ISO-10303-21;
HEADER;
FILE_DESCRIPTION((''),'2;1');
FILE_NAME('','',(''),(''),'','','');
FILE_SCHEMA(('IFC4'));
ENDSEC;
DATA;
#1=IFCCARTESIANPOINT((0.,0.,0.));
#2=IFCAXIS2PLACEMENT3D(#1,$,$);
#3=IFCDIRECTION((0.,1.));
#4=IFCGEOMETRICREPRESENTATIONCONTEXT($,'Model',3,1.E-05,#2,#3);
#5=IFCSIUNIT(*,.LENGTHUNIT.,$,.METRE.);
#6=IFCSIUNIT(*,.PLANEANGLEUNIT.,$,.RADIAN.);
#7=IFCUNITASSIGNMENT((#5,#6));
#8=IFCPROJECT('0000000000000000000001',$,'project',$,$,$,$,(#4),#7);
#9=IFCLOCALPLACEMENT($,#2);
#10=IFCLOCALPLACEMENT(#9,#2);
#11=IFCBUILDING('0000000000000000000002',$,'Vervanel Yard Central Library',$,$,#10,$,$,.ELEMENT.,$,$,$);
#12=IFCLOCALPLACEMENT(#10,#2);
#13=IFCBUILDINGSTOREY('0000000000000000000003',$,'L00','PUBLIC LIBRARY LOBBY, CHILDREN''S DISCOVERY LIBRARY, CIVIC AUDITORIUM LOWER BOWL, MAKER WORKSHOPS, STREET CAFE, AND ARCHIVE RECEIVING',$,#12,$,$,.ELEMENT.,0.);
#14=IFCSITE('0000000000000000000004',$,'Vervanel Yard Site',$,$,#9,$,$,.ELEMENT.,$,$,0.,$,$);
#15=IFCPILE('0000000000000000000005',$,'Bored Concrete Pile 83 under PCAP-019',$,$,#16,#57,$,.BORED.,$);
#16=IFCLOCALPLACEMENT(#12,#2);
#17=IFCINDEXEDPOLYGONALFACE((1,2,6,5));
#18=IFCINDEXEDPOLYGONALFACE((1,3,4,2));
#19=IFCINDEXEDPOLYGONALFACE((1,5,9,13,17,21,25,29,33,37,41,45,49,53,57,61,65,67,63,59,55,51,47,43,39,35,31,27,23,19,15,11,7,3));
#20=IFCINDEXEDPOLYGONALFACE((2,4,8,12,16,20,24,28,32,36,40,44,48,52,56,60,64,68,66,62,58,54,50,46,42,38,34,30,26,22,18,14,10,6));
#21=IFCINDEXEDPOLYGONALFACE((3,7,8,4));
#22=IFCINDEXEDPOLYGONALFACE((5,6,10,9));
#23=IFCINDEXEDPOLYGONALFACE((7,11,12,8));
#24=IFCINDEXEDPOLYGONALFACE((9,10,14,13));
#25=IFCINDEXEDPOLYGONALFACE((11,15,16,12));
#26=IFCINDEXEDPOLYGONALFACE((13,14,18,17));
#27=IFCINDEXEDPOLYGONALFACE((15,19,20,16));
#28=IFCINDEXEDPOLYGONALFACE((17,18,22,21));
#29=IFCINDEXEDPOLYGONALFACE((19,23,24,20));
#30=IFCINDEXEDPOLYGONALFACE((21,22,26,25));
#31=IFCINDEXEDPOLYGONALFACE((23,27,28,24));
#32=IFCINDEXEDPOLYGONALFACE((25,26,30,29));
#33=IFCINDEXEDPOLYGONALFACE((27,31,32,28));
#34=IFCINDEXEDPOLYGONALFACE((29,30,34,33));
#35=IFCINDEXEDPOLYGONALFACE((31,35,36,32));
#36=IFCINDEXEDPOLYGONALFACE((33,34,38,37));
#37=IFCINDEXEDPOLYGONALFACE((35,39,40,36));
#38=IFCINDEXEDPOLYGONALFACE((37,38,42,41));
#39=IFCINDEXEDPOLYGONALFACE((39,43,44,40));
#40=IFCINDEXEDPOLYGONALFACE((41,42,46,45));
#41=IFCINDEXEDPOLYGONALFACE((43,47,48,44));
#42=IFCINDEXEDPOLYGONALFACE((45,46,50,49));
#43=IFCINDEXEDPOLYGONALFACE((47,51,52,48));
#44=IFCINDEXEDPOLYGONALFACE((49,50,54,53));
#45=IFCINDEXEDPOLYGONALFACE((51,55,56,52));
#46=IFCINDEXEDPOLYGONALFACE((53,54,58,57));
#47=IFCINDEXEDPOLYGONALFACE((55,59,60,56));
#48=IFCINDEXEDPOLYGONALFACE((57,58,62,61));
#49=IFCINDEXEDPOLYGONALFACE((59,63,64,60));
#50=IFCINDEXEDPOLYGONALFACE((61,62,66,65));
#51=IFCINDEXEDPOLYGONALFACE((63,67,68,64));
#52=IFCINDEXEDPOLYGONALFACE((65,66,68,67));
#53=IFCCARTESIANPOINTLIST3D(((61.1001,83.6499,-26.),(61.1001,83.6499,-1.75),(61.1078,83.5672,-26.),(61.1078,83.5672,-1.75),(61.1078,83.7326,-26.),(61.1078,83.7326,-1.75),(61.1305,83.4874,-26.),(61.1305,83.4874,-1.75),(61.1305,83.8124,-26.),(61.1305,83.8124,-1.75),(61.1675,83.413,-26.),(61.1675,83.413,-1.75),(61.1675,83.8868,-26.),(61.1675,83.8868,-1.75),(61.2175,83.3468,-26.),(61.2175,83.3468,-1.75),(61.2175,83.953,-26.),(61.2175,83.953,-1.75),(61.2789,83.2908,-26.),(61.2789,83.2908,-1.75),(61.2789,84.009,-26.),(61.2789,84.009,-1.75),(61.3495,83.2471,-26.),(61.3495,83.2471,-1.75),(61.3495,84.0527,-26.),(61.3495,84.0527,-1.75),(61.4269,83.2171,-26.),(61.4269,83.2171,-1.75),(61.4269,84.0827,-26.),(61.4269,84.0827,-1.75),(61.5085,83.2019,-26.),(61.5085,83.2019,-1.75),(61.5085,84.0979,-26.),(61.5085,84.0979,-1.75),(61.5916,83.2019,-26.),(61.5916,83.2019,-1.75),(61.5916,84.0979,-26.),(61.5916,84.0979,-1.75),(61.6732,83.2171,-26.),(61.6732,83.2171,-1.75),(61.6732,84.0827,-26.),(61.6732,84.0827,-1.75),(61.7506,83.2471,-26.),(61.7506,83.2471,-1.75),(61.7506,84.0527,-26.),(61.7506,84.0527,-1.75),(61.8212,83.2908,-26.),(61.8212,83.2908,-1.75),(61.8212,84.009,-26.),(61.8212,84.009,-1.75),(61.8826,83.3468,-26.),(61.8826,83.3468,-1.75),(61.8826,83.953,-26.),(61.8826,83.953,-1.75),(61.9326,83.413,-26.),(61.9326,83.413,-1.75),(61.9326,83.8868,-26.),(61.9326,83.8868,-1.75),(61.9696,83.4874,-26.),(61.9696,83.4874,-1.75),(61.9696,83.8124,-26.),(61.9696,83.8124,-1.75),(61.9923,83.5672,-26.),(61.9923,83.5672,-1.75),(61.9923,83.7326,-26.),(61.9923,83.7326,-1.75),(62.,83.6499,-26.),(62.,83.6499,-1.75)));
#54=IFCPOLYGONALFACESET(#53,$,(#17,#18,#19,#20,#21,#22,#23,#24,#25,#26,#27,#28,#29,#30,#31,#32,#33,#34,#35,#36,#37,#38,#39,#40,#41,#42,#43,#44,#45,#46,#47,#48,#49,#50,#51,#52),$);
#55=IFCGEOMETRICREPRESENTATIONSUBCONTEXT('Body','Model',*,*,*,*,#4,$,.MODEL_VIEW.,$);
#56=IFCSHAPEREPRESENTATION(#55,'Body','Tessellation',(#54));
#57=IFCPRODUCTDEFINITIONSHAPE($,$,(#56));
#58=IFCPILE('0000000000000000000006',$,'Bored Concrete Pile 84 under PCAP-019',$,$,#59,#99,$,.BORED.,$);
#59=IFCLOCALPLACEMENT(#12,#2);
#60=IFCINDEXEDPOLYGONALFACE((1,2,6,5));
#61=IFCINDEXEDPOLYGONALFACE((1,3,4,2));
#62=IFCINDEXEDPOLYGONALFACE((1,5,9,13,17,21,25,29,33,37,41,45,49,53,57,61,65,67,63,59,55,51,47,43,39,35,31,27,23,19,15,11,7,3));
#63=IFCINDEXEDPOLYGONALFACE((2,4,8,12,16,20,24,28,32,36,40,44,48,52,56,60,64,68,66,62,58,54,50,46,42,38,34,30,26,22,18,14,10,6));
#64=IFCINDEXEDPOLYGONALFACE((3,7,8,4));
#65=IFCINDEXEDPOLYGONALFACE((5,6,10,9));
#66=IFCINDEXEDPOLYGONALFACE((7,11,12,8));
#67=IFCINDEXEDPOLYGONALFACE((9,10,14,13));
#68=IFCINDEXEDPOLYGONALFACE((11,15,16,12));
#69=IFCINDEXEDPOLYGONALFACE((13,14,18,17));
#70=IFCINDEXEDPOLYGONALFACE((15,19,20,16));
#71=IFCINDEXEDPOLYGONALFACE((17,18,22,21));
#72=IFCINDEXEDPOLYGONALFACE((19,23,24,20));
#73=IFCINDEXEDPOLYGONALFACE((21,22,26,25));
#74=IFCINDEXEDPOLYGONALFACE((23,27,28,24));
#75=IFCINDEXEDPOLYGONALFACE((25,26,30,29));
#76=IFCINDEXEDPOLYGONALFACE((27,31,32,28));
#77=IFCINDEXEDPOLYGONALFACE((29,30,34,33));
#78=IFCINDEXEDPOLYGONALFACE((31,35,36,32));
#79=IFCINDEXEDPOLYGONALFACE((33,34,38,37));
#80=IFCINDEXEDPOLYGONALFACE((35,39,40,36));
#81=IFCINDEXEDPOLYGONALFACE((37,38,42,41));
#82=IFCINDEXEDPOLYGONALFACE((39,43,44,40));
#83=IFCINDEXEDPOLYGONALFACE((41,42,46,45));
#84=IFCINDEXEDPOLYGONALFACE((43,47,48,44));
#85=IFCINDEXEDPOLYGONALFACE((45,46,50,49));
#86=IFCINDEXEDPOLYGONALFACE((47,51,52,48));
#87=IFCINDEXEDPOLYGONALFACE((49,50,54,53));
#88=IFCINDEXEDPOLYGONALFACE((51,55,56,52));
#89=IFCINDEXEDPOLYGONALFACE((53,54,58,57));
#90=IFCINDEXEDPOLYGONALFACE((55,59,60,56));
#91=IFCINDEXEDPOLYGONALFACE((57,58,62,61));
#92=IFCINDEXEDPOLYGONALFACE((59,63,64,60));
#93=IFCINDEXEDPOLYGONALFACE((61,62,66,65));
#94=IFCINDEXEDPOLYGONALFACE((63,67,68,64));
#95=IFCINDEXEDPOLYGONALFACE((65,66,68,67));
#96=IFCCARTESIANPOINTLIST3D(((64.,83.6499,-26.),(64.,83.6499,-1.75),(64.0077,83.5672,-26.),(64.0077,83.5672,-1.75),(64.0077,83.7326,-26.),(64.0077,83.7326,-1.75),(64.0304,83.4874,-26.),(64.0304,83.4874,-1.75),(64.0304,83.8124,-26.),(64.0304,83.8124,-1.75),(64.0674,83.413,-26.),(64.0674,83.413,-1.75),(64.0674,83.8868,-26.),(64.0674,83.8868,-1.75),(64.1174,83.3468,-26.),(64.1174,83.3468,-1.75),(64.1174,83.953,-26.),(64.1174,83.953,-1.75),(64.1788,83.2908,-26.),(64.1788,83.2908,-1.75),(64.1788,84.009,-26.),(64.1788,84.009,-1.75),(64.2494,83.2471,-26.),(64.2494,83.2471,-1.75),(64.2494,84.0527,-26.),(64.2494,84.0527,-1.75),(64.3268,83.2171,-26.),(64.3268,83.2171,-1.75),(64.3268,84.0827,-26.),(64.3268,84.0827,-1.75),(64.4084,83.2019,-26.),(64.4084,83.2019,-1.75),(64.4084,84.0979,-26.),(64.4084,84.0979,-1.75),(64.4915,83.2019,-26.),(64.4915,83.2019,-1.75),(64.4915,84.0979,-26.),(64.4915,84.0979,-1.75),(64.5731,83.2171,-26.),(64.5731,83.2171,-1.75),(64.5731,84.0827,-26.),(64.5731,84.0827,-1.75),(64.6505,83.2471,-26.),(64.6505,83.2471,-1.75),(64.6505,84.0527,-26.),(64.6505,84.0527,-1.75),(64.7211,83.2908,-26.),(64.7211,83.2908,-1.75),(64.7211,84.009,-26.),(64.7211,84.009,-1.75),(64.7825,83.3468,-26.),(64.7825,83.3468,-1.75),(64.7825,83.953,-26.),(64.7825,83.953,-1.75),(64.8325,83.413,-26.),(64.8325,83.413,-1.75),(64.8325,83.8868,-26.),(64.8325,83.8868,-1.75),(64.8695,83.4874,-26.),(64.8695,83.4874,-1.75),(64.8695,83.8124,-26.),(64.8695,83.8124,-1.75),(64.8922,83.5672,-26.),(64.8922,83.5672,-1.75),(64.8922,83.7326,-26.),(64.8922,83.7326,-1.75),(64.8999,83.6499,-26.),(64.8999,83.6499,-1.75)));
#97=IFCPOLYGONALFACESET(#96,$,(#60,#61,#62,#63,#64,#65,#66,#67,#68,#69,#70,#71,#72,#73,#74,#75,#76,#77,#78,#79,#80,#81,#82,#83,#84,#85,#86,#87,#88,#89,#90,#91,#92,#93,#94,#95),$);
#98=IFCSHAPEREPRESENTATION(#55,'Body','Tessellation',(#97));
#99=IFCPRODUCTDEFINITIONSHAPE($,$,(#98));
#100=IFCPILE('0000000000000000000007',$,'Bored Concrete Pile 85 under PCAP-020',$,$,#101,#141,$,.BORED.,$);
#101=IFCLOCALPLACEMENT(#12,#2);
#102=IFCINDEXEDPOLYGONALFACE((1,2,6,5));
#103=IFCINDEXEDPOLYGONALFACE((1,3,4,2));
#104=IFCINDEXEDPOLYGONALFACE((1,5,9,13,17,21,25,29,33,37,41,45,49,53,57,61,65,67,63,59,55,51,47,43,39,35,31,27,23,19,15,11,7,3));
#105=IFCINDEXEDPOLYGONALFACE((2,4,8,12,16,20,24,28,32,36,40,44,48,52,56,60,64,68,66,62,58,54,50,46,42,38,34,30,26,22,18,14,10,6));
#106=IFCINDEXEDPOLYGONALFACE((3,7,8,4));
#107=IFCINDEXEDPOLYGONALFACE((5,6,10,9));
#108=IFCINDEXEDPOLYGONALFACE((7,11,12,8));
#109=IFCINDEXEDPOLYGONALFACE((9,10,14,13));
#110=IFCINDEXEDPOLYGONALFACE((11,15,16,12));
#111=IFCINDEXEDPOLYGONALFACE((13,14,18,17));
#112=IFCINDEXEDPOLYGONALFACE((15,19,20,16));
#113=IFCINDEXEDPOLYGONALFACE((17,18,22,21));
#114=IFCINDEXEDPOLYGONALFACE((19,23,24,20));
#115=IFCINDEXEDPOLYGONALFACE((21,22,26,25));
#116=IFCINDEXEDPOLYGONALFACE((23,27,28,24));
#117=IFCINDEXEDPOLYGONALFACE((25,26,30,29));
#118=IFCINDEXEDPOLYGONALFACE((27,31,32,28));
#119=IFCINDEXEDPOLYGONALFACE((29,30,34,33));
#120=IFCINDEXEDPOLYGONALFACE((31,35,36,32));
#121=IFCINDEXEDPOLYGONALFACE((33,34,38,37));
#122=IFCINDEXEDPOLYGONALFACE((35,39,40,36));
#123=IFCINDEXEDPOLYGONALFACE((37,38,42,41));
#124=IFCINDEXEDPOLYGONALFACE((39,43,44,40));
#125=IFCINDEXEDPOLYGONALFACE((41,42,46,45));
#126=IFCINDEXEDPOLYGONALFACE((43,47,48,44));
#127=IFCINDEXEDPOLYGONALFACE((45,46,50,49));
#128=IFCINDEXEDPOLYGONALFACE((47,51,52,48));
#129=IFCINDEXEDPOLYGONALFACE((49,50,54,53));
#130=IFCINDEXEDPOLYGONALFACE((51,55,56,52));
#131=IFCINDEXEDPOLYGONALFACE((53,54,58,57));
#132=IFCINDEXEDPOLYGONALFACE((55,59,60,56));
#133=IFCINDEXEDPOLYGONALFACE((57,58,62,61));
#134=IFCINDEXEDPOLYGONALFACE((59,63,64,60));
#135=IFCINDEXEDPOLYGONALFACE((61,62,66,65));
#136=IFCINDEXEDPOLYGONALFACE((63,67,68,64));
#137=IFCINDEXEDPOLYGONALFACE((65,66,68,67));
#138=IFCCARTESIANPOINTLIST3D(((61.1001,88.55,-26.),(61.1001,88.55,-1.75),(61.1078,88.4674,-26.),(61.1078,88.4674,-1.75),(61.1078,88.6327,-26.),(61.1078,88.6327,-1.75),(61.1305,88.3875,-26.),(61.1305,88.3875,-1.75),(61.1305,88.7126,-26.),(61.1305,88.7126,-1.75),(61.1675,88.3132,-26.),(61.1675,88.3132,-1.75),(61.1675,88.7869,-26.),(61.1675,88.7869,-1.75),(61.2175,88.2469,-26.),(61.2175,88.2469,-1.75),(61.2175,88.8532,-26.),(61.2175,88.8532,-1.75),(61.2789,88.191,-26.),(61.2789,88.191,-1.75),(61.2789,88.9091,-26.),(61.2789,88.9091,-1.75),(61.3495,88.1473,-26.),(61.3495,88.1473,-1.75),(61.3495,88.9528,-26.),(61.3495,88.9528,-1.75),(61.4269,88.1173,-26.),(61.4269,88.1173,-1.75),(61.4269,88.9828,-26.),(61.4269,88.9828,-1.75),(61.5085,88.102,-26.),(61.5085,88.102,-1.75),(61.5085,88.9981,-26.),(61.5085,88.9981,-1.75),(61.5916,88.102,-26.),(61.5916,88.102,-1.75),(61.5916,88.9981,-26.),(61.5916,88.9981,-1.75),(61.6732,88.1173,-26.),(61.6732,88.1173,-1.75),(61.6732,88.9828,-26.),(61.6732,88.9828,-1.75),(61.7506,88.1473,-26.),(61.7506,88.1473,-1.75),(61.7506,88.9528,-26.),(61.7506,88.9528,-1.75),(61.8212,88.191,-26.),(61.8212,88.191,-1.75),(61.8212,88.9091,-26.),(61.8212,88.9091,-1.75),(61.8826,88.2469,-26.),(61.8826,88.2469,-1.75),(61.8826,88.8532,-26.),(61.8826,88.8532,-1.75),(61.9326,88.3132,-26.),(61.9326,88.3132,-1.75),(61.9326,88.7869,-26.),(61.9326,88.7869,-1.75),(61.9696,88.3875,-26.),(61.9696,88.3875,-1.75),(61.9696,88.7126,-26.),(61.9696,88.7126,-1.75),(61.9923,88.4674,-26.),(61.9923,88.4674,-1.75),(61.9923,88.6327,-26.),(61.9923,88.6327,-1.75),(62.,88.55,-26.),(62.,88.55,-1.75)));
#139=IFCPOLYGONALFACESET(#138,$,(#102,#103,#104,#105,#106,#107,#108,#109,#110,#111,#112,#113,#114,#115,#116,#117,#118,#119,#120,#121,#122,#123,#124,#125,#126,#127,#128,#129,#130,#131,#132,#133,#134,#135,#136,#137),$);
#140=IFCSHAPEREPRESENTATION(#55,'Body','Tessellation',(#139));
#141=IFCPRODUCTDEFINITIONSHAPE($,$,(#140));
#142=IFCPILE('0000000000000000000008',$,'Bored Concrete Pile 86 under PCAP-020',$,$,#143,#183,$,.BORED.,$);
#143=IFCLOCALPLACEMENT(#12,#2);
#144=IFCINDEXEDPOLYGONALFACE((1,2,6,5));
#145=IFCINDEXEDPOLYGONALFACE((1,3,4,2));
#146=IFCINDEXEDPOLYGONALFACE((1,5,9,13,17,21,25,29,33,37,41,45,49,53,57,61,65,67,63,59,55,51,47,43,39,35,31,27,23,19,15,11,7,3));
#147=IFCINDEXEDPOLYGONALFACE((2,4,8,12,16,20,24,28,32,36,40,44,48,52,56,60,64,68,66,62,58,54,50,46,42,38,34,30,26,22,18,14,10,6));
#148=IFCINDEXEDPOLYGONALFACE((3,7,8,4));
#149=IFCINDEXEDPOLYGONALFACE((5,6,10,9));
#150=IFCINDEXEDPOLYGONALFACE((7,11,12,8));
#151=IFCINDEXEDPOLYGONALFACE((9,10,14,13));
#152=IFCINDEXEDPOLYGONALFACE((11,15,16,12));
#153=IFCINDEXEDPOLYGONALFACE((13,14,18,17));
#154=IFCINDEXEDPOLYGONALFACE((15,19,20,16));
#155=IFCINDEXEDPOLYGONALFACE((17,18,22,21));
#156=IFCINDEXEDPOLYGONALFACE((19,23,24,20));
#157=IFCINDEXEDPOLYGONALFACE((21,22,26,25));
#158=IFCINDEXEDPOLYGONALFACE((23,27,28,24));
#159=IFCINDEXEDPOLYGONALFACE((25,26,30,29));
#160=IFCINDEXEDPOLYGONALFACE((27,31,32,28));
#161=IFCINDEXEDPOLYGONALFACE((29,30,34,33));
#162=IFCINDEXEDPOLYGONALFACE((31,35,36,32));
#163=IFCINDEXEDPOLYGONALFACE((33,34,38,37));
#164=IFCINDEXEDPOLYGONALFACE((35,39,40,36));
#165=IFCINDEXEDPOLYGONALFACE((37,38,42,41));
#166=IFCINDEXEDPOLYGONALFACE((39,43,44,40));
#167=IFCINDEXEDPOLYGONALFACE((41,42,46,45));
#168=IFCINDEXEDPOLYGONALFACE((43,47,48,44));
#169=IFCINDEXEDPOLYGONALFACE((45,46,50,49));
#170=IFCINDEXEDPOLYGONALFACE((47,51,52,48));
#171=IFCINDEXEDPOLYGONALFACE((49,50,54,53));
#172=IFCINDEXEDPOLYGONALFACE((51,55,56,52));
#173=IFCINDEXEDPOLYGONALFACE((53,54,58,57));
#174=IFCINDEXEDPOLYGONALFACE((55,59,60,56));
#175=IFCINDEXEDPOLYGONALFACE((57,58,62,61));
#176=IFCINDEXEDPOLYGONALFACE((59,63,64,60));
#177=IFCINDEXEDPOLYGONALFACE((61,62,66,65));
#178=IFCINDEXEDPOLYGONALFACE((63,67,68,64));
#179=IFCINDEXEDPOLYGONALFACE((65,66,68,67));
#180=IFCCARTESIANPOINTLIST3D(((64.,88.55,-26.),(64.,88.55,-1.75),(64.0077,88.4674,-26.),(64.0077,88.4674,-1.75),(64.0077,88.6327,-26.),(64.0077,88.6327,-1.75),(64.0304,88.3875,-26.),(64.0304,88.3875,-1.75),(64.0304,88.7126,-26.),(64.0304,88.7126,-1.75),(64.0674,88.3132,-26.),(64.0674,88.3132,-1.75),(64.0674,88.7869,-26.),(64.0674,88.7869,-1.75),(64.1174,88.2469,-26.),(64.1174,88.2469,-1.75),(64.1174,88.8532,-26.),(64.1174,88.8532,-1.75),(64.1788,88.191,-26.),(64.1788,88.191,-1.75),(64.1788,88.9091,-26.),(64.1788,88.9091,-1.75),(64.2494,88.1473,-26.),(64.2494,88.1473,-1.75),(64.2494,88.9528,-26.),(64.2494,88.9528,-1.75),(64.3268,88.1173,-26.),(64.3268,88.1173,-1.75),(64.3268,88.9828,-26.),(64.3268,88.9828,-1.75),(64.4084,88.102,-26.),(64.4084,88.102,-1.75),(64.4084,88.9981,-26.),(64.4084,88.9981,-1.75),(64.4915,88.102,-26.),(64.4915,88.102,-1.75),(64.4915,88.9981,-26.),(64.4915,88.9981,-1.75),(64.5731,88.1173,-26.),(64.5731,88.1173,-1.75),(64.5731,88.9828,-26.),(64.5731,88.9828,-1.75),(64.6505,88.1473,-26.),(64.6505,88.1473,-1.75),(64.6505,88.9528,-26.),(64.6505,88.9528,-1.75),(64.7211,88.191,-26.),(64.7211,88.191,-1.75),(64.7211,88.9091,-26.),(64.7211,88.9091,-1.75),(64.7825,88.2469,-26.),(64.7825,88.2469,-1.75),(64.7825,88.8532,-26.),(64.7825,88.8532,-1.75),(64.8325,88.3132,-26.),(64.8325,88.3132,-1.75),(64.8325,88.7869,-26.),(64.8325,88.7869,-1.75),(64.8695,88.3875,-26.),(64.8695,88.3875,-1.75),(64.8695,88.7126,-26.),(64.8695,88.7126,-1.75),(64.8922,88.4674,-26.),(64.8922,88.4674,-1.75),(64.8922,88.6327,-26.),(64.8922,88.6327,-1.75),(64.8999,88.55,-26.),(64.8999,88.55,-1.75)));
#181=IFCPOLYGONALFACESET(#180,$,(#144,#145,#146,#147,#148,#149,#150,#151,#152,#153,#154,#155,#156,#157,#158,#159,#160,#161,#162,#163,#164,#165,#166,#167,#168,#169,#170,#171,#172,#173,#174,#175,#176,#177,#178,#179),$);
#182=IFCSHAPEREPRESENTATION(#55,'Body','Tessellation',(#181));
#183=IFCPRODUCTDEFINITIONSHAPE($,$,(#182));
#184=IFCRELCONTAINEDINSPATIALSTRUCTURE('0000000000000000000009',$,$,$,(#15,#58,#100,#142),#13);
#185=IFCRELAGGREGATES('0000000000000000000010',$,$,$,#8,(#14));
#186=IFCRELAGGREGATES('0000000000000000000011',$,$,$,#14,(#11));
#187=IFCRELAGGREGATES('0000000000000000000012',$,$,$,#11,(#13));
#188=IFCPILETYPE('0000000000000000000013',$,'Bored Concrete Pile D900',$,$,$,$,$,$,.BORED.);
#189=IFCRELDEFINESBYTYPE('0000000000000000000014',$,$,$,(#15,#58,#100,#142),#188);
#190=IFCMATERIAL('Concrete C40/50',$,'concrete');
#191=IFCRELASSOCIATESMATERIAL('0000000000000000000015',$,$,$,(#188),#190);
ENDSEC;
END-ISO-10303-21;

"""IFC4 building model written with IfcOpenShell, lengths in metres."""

from ifc_helpers import new_model, si_unit, direction, frame, origin, origin_2d, place, context, subcontext, project, spatial, circle, extrude, material, material_profile, profile_set, type_object, element, save


model = new_model("IFC4")

# Units and contexts
model_context = context("Model", 3, precision=1e-05, world=origin(), true_north=direction((0.0, 1.0)))
body_context = subcontext(model_context, "Body", "Model", "MODEL_VIEW")
ifc_project = project(units=[si_unit("LENGTHUNIT", "METRE"), si_unit("PLANEANGLEUNIT", "RADIAN")], contexts=[model_context])

# Site, building, storey
site_placement = place(None, origin())
site = spatial("IfcSite", under=ifc_project, at=site_placement, Name="Vervanel Yard Site", CompositionType="ELEMENT", RefElevation=0.0)
building_placement = place(site_placement, origin())
building = spatial("IfcBuilding", under=site, at=building_placement, Name="Vervanel Yard Central Library", CompositionType="ELEMENT")
storey_placement = place(building_placement, origin())
storey = spatial("IfcBuildingStorey", under=building, at=storey_placement, Name="L00", Description="PUBLIC LIBRARY LOBBY, CHILDREN'S DISCOVERY LIBRARY, CIVIC AUDITORIUM LOWER BOWL, MAKER WORKSHOPS, STREET CAFE, AND ARCHIVE RECEIVING", CompositionType="ELEMENT", Elevation=0.0)

# Piles
ifc_material_1 = material(Name="Concrete C40/50", Category="concrete")
ifc_material_profile_1 = material_profile(ifc_material_1, circle(Radius=0.45, at=origin_2d()), Name="BP D900", Category="concrete")
ifc_profile_set_1 = profile_set([ifc_material_profile_1], Name="Concrete C40/50")
pile_type = type_object("IfcPileType", Name="Bored Concrete Pile D900", PredefinedType="BORED", material=ifc_profile_set_1)
for number, where, z_axis, x_axis, name in (
    (1, (61.55, 83.6499, -1.75), (0.0, 0.0, -1.0), (1.0, 0.0, 0.0), "Bored Concrete Pile 83 under PCAP-019"),
    (2, (64.45, 83.6499, -1.75), (0.0, 0.0, -1.0), (1.0, 0.0, 0.0), "Bored Concrete Pile 84 under PCAP-019"),
    (3, (61.55, 88.55, -1.75), (0.0, 0.0, -1.0), (1.0, 0.0, 0.0), "Bored Concrete Pile 85 under PCAP-020"),
    (4, (64.45, 88.55, -1.75), (0.0, 0.0, -1.0), (1.0, 0.0, 0.0), "Bored Concrete Pile 86 under PCAP-020"),
):
    element("IfcPile", number, at=place(storey_placement, frame(where, z_axis=z_axis, x_axis=x_axis)), inside=storey, type_object=pile_type, Name=name, PredefinedType="BORED", context=body_context, shape_type="SweptSolid", body=[
        extrude(circle(Radius=0.45, at=origin_2d()), origin(), (0.0, 0.0, 1.0), 24.25),
    ])

save(model, "model.ifc")
